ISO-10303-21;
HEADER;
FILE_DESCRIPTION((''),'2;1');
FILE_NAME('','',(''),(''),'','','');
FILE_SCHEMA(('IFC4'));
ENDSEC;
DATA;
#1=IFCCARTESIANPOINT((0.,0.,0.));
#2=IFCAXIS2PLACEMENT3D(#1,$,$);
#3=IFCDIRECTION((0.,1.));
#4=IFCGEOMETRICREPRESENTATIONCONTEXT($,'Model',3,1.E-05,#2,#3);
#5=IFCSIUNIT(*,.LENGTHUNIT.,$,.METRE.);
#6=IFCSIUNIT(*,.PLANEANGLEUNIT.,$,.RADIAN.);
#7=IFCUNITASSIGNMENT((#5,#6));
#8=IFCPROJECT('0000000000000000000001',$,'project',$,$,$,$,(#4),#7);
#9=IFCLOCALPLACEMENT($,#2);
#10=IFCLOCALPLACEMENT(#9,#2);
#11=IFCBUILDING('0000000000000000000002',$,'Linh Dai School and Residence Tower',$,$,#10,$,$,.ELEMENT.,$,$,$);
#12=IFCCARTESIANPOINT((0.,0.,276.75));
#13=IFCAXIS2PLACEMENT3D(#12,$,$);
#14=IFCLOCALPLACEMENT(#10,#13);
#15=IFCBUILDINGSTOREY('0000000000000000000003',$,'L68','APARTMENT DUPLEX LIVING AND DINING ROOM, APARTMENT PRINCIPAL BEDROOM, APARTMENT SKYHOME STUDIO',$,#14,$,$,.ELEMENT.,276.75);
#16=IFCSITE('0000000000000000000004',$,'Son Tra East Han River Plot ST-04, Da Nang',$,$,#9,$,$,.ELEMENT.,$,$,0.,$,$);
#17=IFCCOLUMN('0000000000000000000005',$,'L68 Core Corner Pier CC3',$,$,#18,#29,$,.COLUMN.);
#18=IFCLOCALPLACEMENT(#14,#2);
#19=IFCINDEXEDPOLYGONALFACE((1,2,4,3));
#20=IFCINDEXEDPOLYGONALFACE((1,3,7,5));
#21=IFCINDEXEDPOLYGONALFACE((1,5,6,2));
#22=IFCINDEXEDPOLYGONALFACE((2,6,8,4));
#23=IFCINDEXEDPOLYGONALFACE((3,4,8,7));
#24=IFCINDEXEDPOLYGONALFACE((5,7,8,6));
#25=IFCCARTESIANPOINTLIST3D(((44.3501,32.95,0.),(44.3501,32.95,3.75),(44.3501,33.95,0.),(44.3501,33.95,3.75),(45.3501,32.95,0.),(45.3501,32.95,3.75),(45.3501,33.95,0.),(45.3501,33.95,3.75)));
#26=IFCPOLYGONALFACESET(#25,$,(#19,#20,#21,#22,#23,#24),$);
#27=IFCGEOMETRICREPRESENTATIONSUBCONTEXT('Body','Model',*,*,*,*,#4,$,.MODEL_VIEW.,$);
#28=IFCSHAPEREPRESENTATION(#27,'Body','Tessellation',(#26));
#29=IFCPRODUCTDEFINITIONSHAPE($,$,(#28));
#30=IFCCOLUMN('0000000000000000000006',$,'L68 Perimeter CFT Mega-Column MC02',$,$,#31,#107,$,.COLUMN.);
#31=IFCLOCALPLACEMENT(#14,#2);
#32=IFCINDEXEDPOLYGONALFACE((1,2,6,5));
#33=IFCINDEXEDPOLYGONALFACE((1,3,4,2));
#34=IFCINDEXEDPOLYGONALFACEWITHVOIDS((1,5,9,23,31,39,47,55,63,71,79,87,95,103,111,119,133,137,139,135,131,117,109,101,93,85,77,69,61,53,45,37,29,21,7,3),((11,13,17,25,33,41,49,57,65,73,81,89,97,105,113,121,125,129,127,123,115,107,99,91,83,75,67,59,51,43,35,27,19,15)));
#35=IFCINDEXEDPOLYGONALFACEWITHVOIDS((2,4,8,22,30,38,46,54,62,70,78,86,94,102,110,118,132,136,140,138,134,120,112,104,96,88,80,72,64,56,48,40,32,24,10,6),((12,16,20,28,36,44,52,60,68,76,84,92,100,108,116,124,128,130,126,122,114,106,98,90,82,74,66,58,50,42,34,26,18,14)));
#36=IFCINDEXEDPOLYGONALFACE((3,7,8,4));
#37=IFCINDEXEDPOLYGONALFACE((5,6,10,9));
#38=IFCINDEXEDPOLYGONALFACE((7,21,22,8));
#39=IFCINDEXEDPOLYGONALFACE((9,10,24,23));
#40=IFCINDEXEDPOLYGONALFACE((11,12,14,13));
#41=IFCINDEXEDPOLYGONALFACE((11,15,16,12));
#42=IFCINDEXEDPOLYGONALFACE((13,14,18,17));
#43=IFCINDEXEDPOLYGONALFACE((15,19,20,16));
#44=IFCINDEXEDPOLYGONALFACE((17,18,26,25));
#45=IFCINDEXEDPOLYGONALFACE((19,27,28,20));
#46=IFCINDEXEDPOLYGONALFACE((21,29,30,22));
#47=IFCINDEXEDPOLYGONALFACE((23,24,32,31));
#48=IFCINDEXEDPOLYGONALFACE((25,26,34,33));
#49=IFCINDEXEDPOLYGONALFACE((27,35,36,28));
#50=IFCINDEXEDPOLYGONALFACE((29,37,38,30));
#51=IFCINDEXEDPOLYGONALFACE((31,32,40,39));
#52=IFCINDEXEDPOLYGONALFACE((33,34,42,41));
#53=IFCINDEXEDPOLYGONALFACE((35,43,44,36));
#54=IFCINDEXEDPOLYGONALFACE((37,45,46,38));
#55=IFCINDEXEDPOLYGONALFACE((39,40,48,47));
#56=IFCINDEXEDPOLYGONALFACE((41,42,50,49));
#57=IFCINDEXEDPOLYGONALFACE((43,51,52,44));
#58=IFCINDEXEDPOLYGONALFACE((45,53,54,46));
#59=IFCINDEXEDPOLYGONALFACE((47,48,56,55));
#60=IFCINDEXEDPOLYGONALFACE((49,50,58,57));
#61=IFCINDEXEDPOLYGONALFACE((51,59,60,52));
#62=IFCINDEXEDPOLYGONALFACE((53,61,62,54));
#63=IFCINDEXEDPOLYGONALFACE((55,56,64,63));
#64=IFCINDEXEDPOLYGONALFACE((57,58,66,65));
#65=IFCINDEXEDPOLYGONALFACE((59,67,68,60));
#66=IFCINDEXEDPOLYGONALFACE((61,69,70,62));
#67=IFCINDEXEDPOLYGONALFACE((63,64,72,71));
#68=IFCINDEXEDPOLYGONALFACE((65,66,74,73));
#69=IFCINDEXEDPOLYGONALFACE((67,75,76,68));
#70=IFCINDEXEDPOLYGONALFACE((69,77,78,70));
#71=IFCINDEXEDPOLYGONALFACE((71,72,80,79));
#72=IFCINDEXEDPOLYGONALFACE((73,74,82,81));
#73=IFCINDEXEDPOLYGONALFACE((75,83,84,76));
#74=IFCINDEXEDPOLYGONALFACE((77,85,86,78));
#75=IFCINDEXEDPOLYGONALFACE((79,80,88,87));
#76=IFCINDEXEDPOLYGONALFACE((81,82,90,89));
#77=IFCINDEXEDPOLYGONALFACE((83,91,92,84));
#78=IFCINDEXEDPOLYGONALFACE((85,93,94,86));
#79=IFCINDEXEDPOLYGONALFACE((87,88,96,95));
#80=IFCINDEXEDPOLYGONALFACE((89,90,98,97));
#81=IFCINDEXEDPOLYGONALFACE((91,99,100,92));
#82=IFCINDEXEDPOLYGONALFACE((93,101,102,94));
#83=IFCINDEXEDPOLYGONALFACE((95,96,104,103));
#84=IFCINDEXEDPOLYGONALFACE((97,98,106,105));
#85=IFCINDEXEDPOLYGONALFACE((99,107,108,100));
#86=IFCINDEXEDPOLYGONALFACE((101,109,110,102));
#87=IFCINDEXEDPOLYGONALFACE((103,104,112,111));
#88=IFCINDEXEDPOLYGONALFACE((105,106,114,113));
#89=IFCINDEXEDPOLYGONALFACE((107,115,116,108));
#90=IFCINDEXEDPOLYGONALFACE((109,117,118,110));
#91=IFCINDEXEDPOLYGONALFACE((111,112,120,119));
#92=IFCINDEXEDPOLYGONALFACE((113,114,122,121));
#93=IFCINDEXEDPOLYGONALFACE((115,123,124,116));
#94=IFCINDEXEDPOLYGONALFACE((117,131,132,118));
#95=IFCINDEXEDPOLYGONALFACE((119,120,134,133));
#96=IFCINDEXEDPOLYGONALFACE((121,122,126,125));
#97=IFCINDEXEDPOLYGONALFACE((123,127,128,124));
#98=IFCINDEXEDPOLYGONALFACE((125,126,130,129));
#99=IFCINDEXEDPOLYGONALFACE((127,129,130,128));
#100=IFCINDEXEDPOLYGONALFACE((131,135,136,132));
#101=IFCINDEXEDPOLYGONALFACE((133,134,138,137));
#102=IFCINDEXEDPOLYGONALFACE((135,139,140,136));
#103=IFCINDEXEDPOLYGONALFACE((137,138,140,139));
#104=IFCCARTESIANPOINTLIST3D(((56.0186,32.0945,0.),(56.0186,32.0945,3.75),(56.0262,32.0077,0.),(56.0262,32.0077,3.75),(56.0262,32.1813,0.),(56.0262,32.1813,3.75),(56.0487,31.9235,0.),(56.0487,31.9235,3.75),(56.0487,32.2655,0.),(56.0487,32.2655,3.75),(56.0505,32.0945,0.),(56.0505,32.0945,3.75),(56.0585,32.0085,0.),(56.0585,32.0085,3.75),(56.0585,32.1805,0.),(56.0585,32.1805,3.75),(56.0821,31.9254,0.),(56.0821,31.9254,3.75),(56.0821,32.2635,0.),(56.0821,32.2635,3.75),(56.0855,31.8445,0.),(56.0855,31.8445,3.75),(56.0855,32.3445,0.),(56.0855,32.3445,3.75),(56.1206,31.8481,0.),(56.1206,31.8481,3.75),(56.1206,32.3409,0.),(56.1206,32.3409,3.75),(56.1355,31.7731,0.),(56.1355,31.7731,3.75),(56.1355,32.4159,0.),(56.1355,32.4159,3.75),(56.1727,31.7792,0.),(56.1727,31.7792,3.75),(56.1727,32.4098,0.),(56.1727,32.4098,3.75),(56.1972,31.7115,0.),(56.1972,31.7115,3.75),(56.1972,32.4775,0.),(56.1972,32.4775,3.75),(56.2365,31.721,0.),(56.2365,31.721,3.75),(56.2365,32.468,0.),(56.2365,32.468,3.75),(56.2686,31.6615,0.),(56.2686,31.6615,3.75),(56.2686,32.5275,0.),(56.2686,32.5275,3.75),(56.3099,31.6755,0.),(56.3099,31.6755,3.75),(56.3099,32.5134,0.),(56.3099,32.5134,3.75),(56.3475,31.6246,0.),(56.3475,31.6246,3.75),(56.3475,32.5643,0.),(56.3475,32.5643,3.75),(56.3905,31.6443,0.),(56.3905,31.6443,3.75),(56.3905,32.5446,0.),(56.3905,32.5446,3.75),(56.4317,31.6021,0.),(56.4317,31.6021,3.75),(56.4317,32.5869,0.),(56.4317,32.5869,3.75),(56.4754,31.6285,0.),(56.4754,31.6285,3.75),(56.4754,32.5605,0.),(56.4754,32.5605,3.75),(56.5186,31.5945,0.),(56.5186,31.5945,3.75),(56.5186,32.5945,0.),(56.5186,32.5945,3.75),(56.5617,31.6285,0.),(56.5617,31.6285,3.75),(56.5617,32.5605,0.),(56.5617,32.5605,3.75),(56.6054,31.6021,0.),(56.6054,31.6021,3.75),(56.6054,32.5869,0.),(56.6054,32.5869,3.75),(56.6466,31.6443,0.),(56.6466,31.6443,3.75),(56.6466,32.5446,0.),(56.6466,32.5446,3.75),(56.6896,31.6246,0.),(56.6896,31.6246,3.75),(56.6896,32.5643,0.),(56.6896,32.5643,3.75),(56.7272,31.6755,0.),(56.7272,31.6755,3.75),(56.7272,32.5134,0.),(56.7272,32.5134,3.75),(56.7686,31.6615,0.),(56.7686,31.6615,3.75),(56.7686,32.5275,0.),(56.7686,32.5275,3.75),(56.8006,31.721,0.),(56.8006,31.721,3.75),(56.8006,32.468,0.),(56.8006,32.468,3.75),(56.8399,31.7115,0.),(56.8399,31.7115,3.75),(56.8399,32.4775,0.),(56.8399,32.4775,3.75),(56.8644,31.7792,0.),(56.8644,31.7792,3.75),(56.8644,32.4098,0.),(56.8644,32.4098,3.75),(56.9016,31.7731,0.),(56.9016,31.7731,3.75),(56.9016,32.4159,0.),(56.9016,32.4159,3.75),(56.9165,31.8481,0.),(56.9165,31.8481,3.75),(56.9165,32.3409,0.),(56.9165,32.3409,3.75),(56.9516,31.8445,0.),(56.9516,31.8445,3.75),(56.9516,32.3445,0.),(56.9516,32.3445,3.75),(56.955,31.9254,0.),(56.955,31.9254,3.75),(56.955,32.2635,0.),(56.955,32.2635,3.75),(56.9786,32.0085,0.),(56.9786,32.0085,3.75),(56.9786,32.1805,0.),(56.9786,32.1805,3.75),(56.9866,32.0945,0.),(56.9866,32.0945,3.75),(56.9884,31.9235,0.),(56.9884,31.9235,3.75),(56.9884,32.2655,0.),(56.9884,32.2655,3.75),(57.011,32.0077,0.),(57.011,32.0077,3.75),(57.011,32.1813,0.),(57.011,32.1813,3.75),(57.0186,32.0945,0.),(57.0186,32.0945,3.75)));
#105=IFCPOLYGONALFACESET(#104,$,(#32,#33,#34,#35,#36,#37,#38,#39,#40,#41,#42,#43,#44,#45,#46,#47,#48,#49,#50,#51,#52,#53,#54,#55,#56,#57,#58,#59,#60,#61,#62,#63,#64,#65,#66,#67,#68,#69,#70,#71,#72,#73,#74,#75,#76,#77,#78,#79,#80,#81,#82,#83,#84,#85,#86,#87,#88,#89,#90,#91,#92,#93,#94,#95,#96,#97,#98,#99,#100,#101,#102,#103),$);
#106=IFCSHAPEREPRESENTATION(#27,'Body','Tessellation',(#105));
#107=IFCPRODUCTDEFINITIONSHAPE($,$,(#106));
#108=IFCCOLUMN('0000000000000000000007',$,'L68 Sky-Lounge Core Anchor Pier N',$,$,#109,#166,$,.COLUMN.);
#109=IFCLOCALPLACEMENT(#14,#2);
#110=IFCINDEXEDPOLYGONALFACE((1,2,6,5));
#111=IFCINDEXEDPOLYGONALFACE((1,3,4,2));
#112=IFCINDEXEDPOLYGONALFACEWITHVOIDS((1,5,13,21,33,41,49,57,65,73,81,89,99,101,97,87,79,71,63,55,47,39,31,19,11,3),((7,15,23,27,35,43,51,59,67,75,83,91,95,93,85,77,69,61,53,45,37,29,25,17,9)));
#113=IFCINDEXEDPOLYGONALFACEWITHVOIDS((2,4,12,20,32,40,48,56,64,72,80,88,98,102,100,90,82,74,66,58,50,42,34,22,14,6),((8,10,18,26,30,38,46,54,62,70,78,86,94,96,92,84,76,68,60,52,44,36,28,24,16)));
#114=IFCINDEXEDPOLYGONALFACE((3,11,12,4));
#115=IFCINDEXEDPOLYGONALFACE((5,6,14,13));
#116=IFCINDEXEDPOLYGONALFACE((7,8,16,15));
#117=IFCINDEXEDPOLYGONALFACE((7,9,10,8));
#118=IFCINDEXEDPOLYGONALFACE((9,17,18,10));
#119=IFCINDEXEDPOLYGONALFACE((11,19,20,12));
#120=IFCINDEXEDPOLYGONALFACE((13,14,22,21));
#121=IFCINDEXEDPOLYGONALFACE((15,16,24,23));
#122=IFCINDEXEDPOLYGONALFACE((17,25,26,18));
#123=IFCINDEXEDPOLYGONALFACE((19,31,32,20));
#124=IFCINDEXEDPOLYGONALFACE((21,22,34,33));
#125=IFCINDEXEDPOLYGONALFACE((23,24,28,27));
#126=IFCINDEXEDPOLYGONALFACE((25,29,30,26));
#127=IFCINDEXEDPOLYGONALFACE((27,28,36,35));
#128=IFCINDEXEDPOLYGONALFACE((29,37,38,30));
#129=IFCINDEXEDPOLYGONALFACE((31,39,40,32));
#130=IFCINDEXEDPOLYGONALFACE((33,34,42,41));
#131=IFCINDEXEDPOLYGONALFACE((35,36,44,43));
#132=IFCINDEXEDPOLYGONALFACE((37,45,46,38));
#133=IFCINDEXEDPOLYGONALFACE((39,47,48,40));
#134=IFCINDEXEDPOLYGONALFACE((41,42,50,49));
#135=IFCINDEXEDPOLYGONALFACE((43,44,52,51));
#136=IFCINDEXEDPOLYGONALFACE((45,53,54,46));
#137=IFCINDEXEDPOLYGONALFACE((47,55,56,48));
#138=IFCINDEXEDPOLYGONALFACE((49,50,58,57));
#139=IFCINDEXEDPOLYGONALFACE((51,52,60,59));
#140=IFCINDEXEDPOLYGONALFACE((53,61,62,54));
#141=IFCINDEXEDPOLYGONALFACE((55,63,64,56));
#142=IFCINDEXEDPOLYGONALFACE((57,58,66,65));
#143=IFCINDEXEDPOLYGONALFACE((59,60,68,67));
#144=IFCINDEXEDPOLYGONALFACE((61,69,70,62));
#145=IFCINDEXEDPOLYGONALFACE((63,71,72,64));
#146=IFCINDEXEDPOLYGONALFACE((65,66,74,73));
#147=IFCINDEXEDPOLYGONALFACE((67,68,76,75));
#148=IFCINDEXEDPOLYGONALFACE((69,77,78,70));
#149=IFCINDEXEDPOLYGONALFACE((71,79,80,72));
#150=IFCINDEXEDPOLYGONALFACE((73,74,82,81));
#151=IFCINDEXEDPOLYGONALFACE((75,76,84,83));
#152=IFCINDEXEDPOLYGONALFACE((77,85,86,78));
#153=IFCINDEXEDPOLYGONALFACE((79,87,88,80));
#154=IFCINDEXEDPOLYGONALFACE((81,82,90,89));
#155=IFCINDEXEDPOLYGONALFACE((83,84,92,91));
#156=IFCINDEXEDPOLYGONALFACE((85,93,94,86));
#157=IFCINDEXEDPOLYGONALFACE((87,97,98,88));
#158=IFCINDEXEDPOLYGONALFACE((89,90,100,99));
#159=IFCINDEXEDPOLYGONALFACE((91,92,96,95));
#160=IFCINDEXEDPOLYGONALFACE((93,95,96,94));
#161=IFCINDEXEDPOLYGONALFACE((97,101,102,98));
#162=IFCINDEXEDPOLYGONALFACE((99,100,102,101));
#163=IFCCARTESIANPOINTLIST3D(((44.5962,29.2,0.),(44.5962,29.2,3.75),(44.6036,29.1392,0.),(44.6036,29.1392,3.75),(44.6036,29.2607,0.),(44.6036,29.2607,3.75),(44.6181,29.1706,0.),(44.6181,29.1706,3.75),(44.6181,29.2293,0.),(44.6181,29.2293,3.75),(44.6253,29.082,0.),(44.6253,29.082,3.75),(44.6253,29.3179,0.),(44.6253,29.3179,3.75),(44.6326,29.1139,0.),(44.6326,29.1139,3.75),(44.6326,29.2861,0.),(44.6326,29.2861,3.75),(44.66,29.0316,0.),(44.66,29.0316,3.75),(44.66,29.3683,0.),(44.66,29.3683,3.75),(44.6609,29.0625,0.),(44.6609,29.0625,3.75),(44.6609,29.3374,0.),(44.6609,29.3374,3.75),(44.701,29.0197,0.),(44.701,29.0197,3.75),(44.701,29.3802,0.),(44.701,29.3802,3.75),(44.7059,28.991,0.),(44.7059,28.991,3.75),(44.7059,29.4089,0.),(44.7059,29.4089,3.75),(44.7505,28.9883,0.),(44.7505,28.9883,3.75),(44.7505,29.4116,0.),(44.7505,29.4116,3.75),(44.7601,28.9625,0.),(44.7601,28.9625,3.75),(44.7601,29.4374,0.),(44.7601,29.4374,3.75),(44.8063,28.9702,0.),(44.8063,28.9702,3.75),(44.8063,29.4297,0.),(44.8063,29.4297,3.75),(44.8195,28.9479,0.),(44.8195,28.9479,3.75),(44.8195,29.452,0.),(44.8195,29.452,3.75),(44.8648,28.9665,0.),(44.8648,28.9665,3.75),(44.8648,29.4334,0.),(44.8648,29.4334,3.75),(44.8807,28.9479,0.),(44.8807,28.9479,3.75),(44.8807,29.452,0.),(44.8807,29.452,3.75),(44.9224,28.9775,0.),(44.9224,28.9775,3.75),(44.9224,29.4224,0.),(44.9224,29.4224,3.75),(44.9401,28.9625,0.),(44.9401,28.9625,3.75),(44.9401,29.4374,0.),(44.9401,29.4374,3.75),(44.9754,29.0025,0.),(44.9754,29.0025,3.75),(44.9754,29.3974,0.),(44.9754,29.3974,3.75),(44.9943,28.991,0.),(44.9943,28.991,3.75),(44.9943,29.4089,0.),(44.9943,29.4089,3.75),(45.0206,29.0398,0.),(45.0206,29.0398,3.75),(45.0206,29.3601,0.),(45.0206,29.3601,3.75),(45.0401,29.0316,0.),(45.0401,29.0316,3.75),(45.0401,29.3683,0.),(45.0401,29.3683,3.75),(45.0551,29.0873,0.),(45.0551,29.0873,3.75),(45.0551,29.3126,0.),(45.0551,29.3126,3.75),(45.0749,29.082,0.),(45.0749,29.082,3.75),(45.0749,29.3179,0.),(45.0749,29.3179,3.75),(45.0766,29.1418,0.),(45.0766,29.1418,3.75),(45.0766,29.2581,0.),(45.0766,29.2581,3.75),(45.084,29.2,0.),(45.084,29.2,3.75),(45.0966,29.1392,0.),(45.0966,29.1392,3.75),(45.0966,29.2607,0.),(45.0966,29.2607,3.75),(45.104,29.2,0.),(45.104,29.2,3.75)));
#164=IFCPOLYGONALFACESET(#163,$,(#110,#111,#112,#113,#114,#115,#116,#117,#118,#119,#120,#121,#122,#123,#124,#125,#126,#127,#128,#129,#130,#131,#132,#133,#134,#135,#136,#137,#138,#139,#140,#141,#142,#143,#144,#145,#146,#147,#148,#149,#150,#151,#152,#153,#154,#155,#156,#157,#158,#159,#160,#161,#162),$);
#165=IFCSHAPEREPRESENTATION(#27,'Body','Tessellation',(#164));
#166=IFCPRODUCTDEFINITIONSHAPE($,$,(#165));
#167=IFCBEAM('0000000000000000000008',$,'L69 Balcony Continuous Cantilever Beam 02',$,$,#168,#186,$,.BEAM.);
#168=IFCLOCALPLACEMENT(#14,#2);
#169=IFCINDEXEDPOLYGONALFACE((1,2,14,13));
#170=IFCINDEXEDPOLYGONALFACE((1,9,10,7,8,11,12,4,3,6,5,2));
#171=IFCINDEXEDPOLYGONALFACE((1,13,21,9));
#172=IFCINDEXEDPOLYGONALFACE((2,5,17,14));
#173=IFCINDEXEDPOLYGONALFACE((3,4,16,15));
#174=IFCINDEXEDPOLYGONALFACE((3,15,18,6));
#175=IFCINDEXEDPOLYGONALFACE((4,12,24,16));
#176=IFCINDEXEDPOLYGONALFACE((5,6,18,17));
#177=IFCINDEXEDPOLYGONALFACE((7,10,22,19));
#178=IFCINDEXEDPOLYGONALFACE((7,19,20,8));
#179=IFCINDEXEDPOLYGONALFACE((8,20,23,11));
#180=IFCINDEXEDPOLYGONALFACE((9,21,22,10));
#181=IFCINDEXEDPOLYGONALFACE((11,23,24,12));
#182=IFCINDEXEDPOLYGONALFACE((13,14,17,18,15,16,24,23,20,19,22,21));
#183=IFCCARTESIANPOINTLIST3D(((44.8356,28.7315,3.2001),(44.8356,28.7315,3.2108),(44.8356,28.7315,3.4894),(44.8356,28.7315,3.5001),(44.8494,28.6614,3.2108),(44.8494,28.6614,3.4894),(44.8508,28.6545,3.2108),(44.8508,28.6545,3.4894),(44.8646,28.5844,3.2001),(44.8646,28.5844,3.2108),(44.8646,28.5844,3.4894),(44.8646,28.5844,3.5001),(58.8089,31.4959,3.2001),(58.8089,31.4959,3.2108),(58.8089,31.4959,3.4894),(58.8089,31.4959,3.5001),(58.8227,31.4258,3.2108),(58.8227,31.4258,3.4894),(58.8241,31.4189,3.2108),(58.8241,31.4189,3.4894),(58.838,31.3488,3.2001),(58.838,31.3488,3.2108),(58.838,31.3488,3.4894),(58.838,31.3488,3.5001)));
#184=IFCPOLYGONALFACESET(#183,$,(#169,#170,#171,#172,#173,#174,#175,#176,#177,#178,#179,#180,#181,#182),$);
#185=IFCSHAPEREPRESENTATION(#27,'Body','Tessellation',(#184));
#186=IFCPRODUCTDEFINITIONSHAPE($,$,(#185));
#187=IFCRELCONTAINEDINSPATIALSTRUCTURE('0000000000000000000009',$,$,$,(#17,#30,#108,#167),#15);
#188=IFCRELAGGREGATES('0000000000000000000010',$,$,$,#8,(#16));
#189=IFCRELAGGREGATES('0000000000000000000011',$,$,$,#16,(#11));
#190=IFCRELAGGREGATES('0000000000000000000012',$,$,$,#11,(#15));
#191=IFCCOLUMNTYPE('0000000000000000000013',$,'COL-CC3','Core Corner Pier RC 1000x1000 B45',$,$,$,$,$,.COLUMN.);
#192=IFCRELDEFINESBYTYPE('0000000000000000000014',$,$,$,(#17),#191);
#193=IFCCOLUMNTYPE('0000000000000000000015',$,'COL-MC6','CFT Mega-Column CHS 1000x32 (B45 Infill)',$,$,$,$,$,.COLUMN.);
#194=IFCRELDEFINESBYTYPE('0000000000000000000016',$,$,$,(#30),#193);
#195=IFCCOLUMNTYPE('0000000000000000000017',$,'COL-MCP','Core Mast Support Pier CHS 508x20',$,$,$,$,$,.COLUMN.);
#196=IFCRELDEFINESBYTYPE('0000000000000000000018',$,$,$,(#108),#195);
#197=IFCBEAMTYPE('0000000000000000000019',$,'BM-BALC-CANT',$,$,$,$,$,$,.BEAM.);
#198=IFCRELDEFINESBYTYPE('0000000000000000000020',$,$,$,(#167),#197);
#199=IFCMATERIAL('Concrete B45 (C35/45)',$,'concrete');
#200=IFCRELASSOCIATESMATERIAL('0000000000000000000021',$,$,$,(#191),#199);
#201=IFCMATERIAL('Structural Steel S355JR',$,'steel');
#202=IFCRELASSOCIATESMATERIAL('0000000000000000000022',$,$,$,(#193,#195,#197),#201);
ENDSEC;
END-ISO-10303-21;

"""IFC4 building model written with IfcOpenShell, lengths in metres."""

from ifc_helpers import new_model, si_unit, direction, frame, origin, origin_2d, place, context, subcontext, project, spatial, rectangle, hollow_circle, i_section, extrude, material, material_profile, profile_set, type_object, element, save


model = new_model("IFC4")

# Units and contexts
model_context = context("Model", 3, precision=1e-05, world=origin(), true_north=direction((0.0, 1.0)))
body_context = subcontext(model_context, "Body", "Model", "MODEL_VIEW")
ifc_project = project(units=[si_unit("LENGTHUNIT", "METRE"), si_unit("PLANEANGLEUNIT", "RADIAN")], contexts=[model_context])

# Site, building, storey
site_placement = place(None, origin())
site = spatial("IfcSite", under=ifc_project, at=site_placement, Name="Son Tra East Han River Plot ST-04, Da Nang", CompositionType="ELEMENT", RefElevation=0.0)
building_placement = place(site_placement, origin())
building = spatial("IfcBuilding", under=site, at=building_placement, Name="Linh Dai School and Residence Tower", CompositionType="ELEMENT")
storey_placement = place(building_placement, frame((0.0, 0.0, 276.75)))
storey = spatial("IfcBuildingStorey", under=building, at=storey_placement, Name="L68", Description="APARTMENT DUPLEX LIVING AND DINING ROOM, APARTMENT PRINCIPAL BEDROOM, APARTMENT SKYHOME STUDIO", CompositionType="ELEMENT", Elevation=276.75)

# Columns
ifc_material_1 = material(Name="Concrete B45 (C35/45)", Category="concrete")
ifc_material_profile_1 = material_profile(ifc_material_1, rectangle(XDim=1.0, YDim=1.0, at=origin_2d()), Name="RC 1000x1000")
ifc_profile_set_1 = profile_set([ifc_material_profile_1], Name="Concrete B45 (C35/45)")
column_type_1 = type_object("IfcColumnType", Name="COL-CC3", Description="Core Corner Pier RC 1000x1000 B45", PredefinedType="COLUMN", material=ifc_profile_set_1)
column_1_placement = place(storey_placement, frame((44.8501, 33.45, 0.0), z_axis=(0.0, 0.0, 1.0), x_axis=(1.0, 0.0, 0.0)))
element("IfcColumn", 1, at=column_1_placement, inside=storey, type_object=column_type_1, Name="L68 Core Corner Pier CC3", PredefinedType="COLUMN", context=body_context, shape_type="SweptSolid", body=[
    extrude(rectangle(XDim=1.0, YDim=1.0, at=origin_2d()), origin(), (0.0, 0.0, 1.0), 3.75),
])
ifc_material_2 = material(Name="Structural Steel S355JR", Category="steel")
ifc_material_profile_2 = material_profile(ifc_material_2, hollow_circle(Radius=0.5, WallThickness=0.032, at=origin_2d()), Name="CHS 1000x32")
ifc_profile_set_2 = profile_set([ifc_material_profile_2], Name="Structural Steel S355JR")
column_type_2 = type_object("IfcColumnType", Name="COL-MC6", Description="CFT Mega-Column CHS 1000x32 (B45 Infill)", PredefinedType="COLUMN", material=ifc_profile_set_2)
column_2_placement = place(storey_placement, frame((56.5186, 32.0945, 0.0), z_axis=(0.0, 0.0, 1.0), x_axis=(1.0, 0.0, 0.0)))
element("IfcColumn", 2, at=column_2_placement, inside=storey, type_object=column_type_2, Name="L68 Perimeter CFT Mega-Column MC02", PredefinedType="COLUMN", context=body_context, shape_type="SweptSolid", body=[
    extrude(hollow_circle(Radius=0.5, WallThickness=0.032, at=origin_2d()), origin(), (0.0, 0.0, 1.0), 3.75),
])
ifc_material_profile_3 = material_profile(ifc_material_2, hollow_circle(Radius=0.2539, WallThickness=0.02, at=origin_2d()), Name="CHS 508x20")
ifc_profile_set_3 = profile_set([ifc_material_profile_3], Name="Structural Steel S355JR")
column_type_3 = type_object("IfcColumnType", Name="COL-MCP", Description="Core Mast Support Pier CHS 508x20", PredefinedType="COLUMN", material=ifc_profile_set_3)
column_3_placement = place(storey_placement, frame((44.8501, 29.2, 0.0), z_axis=(0.0, 0.0, 1.0), x_axis=(1.0, 0.0, 0.0)))
element("IfcColumn", 3, at=column_3_placement, inside=storey, type_object=column_type_3, Name="L68 Sky-Lounge Core Anchor Pier N", PredefinedType="COLUMN", context=body_context, shape_type="SweptSolid", body=[
    extrude(hollow_circle(Radius=0.2539, WallThickness=0.02, at=origin_2d()), origin(), (0.0, 0.0, 1.0), 3.75),
])

# Beam
ifc_material_profile_4 = material_profile(ifc_material_2, i_section(OverallWidth=0.1499, OverallDepth=0.3, WebThickness=0.0071, FlangeThickness=0.0107, at=origin_2d()), Name="IPE 300")
ifc_profile_set_4 = profile_set([ifc_material_profile_4], Name="Structural Steel S355JR")
beam_type_1 = type_object("IfcBeamType", Name="BM-BALC-CANT", PredefinedType="BEAM", material=ifc_profile_set_4)
beam_1_placement = place(storey_placement, frame((44.8501, 28.658, 3.3501), z_axis=(0.980987, 0.194072, 0.0), x_axis=(-0.194072, 0.980987, 0.0)))
element("IfcBeam", 4, at=beam_1_placement, inside=storey, type_object=beam_type_1, Name="L69 Balcony Continuous Cantilever Beam 02", PredefinedType="BEAM", context=body_context, shape_type="SweptSolid", body=[
    extrude(i_section(OverallWidth=0.1499, OverallDepth=0.3, WebThickness=0.0071, FlangeThickness=0.0107, at=origin_2d()), origin(), (0.0, 0.0, 1.0), 14.2441),
])

save(model, "model.ifc")
